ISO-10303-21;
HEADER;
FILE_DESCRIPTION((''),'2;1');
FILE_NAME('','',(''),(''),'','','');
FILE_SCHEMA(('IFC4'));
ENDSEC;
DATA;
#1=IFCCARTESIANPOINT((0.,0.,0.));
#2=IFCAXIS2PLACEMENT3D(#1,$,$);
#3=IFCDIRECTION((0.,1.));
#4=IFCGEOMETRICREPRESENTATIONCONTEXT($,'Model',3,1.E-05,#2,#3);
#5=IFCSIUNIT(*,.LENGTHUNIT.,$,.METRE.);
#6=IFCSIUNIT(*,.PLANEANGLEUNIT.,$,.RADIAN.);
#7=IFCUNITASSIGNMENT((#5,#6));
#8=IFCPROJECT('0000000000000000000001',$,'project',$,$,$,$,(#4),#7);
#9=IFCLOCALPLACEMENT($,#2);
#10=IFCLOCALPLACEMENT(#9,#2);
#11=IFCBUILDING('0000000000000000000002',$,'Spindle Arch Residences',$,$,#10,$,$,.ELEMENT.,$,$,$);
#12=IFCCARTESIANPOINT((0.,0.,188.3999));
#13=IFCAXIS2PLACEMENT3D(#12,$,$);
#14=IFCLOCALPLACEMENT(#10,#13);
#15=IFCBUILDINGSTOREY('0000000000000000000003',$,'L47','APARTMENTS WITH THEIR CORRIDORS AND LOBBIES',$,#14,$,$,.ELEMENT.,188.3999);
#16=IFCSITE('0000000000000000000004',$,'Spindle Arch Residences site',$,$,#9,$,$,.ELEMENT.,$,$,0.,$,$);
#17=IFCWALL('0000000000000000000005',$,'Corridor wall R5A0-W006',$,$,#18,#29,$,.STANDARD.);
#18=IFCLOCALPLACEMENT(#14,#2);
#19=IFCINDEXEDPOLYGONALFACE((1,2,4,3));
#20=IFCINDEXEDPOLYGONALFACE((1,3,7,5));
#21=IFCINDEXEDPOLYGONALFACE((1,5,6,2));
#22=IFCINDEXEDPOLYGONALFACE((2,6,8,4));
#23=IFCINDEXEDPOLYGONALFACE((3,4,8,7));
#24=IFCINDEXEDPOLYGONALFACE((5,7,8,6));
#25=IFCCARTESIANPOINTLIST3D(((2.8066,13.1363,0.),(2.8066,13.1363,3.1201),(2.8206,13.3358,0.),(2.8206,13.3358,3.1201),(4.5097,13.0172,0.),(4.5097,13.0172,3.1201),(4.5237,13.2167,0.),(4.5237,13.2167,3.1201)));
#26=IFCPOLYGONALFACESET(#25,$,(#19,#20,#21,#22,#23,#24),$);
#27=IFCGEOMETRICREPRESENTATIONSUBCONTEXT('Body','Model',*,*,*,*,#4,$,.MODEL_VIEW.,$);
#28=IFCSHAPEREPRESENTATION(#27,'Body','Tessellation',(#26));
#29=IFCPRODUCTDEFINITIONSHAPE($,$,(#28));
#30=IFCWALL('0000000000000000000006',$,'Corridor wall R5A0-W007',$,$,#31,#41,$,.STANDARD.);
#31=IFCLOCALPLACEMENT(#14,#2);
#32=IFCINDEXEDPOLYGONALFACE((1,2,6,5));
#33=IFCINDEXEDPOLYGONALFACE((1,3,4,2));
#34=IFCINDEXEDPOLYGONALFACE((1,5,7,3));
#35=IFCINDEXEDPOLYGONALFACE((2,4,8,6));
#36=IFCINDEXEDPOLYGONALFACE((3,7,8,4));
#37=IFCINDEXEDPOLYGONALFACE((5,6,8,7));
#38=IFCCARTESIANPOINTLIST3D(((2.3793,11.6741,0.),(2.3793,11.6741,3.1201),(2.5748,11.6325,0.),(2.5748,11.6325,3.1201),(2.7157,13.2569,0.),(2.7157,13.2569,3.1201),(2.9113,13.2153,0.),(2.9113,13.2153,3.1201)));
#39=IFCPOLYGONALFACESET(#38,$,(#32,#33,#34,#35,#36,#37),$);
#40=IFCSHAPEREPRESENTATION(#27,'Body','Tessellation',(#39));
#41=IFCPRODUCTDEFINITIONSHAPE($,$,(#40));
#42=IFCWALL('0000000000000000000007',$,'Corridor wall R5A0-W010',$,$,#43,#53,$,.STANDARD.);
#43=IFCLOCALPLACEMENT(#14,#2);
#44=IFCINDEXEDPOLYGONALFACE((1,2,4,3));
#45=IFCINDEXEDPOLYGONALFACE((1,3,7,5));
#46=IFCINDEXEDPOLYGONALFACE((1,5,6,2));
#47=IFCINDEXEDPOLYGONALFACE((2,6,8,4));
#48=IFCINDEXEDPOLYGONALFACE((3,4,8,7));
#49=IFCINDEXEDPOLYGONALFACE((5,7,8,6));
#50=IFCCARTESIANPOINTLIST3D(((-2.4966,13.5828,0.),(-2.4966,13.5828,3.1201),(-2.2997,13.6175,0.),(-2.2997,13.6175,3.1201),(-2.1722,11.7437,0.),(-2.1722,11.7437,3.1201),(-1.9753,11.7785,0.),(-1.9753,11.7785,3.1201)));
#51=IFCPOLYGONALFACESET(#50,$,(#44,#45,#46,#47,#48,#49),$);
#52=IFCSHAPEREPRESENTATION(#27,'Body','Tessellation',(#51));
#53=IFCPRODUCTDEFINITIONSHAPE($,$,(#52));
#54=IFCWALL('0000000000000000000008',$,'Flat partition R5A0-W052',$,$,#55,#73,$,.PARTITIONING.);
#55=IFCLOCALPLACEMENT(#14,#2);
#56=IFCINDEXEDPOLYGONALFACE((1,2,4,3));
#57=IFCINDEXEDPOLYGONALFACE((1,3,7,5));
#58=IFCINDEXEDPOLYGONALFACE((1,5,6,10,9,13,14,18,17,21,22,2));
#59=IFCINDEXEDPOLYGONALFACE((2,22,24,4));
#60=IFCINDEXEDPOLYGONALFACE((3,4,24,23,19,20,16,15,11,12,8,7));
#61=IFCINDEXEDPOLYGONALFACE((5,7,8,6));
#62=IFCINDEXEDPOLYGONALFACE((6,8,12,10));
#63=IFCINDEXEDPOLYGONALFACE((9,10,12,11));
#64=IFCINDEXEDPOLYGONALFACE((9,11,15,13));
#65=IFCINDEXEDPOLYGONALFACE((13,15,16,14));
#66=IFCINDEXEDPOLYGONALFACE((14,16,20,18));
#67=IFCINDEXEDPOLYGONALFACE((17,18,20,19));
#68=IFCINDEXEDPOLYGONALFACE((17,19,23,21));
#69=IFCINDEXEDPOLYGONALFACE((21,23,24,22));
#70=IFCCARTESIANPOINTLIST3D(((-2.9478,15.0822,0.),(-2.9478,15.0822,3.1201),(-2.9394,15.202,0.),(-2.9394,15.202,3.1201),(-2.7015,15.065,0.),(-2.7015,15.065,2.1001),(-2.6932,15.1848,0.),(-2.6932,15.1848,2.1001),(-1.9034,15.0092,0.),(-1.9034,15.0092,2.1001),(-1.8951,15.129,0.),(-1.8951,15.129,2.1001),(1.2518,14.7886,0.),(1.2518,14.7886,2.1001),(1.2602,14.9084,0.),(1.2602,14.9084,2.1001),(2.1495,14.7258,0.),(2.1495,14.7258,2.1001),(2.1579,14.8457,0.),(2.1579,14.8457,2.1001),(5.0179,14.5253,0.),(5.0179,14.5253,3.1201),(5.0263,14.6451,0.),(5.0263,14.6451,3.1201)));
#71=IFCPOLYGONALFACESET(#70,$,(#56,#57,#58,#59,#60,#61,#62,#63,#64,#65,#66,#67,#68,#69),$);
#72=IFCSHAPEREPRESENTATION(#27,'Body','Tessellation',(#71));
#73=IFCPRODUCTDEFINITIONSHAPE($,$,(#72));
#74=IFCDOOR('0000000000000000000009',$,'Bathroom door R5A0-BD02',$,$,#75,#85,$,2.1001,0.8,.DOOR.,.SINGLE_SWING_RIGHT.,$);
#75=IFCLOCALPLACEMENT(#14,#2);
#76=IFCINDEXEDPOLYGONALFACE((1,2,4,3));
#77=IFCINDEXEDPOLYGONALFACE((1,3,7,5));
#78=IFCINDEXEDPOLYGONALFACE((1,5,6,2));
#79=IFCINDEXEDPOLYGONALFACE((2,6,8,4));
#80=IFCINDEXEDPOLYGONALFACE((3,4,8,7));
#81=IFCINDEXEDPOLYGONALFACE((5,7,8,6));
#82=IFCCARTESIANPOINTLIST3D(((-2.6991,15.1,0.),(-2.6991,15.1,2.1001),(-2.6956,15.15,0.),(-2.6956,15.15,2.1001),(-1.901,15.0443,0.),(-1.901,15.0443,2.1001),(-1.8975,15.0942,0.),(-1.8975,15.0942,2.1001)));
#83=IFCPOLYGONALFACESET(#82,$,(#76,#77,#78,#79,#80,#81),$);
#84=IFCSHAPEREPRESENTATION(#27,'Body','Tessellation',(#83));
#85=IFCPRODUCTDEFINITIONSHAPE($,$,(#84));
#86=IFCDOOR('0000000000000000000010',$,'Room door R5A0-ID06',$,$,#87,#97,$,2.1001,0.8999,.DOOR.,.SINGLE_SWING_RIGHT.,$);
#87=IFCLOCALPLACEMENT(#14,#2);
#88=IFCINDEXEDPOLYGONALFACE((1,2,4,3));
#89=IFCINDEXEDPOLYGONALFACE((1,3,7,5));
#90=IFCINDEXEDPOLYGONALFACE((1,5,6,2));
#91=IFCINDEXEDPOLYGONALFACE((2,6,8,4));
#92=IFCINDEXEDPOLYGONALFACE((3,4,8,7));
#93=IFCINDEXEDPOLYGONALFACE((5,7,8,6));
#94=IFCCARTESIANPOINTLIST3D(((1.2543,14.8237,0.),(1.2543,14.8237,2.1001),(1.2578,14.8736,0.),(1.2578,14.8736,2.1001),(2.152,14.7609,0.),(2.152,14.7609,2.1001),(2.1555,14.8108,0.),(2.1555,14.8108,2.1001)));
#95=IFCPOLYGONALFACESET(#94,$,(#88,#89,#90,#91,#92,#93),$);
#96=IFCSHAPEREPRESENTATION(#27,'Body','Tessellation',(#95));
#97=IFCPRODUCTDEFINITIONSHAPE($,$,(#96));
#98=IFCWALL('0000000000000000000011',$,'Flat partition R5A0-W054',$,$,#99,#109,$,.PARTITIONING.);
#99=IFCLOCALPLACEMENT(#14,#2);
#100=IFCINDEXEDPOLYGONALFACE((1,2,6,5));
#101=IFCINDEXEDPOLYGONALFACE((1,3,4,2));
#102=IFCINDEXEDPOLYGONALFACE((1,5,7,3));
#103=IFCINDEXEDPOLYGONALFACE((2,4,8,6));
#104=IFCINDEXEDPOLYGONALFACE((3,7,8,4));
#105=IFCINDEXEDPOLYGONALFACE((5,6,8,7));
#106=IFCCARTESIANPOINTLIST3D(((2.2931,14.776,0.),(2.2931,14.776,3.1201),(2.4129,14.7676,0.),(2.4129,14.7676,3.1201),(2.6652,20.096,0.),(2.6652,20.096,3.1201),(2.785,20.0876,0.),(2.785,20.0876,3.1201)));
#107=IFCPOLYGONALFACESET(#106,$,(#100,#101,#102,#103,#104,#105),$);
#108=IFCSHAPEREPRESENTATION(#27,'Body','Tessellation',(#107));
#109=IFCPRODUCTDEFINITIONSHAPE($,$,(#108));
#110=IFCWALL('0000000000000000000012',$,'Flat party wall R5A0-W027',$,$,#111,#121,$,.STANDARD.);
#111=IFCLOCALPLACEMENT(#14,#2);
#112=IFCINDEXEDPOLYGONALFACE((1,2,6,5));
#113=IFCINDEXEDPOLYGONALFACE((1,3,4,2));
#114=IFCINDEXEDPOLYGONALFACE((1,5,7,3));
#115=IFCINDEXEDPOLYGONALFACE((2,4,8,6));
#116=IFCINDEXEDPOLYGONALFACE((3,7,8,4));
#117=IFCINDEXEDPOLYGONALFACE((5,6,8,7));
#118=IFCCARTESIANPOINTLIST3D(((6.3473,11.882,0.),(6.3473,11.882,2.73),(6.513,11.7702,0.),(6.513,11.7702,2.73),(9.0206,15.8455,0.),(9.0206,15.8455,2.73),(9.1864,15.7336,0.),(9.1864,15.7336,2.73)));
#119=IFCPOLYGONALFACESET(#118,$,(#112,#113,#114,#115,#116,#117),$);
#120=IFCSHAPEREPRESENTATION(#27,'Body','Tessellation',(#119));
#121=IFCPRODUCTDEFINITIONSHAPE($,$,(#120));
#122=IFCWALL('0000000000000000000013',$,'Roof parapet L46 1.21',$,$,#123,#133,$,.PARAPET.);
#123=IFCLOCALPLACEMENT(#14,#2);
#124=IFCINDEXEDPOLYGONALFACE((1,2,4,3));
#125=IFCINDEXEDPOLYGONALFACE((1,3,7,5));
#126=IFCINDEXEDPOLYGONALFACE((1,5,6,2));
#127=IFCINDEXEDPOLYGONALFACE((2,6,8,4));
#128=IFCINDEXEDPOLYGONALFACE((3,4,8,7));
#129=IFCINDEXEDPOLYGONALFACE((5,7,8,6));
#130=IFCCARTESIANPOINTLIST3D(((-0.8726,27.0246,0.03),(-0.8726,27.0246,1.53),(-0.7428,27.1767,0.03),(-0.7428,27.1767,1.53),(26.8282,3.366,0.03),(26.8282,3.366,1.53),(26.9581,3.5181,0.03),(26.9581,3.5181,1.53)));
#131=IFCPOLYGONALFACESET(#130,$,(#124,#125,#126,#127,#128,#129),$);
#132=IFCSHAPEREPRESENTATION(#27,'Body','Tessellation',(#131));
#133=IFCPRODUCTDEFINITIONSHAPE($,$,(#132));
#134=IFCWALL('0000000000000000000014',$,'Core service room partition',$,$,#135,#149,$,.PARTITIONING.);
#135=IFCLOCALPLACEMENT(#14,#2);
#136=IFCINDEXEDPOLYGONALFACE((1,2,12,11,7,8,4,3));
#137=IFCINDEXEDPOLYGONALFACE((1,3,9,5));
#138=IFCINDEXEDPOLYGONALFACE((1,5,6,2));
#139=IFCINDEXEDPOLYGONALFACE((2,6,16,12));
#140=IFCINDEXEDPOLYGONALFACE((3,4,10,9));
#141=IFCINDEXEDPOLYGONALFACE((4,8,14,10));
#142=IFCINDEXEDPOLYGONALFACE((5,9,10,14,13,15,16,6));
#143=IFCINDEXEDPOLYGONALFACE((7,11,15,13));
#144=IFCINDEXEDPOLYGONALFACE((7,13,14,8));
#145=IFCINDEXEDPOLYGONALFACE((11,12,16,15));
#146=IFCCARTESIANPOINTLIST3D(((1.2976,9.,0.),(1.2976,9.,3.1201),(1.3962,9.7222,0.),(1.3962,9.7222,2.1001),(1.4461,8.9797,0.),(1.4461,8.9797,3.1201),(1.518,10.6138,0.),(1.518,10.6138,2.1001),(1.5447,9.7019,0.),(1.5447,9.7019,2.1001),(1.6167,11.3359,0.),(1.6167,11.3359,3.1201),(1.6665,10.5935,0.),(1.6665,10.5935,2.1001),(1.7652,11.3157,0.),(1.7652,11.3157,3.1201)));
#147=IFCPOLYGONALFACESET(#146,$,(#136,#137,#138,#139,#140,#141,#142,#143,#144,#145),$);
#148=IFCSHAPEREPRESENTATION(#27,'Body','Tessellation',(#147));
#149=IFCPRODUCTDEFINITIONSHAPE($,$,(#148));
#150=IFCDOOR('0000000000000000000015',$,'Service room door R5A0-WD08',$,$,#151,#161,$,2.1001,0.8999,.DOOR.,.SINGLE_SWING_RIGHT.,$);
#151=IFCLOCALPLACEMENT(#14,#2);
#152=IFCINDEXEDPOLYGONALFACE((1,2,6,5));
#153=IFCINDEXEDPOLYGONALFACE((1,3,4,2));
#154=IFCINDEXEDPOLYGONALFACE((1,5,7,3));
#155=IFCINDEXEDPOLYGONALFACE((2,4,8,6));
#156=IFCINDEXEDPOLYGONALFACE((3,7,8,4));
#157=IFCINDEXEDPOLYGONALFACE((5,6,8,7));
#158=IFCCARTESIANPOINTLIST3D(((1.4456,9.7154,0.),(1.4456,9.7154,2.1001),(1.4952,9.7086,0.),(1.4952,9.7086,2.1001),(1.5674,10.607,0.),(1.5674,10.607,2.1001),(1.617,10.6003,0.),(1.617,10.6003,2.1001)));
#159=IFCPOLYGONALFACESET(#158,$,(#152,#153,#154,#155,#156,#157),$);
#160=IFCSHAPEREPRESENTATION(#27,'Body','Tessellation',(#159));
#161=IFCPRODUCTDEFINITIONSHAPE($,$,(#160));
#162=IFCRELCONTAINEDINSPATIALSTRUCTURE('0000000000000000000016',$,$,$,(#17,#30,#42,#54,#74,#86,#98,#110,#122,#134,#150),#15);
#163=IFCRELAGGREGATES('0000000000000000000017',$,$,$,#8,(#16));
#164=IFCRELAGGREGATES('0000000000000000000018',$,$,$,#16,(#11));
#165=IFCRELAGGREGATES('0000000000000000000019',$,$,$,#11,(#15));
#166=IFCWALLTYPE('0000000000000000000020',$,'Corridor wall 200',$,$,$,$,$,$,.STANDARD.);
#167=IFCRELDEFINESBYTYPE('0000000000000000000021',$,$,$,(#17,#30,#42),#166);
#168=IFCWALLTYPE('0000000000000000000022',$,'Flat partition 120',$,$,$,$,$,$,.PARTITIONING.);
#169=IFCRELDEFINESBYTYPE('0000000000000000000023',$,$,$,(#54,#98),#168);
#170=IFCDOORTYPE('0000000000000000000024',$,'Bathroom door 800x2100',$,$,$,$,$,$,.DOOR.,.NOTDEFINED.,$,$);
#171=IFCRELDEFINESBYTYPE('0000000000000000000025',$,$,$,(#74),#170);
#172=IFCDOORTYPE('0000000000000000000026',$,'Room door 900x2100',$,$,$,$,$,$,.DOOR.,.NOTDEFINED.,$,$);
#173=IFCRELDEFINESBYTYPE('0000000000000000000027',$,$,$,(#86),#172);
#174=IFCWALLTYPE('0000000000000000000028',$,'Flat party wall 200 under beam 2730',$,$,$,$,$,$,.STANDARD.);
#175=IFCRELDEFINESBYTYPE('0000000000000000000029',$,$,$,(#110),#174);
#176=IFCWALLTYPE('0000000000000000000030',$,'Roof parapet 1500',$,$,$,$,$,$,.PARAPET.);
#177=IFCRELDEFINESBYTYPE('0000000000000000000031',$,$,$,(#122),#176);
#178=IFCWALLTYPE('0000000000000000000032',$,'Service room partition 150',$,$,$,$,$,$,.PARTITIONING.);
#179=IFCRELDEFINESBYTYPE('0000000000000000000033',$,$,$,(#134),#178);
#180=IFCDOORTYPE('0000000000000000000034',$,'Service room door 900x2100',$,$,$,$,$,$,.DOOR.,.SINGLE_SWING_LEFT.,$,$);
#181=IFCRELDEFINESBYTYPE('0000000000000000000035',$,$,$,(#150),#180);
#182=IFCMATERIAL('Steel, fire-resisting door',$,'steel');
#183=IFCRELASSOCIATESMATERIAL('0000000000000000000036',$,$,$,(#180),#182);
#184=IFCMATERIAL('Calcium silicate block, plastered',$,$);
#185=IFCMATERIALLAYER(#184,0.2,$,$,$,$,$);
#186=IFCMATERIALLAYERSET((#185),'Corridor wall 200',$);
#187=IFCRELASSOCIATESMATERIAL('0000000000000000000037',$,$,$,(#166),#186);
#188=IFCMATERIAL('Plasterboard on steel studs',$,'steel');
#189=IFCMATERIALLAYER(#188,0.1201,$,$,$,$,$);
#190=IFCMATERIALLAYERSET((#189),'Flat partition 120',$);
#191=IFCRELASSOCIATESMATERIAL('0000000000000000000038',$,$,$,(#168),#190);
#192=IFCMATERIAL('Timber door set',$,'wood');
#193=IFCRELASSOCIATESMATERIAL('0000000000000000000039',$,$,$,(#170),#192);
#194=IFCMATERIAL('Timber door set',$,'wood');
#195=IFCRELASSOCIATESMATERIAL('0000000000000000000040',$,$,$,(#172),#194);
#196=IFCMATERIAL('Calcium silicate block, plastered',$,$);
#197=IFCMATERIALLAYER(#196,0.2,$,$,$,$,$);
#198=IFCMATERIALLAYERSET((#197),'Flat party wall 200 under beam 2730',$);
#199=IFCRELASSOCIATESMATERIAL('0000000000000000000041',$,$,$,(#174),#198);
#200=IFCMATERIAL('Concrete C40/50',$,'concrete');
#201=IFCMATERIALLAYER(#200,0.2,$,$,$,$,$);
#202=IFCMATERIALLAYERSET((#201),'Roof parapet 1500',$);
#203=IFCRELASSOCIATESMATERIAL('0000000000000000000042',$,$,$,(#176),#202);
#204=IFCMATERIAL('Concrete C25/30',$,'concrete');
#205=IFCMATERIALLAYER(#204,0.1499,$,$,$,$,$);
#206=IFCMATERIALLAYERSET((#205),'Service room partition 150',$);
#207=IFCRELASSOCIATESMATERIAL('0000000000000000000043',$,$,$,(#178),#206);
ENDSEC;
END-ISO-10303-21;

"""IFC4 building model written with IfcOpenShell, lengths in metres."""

from ifc_helpers import new_model, si_unit, direction, frame, frame_2d, origin, place, context, subcontext, project, spatial, rectangle, extrude, material, layer, layer_set, type_object, element, fill, save


model = new_model("IFC4")

# Units and contexts
model_context = context("Model", 3, precision=1e-05, world=origin(), true_north=direction((0.0, 1.0)))
body_context = subcontext(model_context, "Body", "Model", "MODEL_VIEW")
ifc_project = project(units=[si_unit("LENGTHUNIT", "METRE"), si_unit("PLANEANGLEUNIT", "RADIAN")], contexts=[model_context])

# Site, building, storey
site_placement = place(None, origin())
site = spatial("IfcSite", under=ifc_project, at=site_placement, Name="Spindle Arch Residences site", CompositionType="ELEMENT", RefElevation=0.0)
building_placement = place(site_placement, origin())
building = spatial("IfcBuilding", under=site, at=building_placement, Name="Spindle Arch Residences", CompositionType="ELEMENT")
storey_placement = place(building_placement, frame((0.0, 0.0, 188.3999)))
storey = spatial("IfcBuildingStorey", under=building, at=storey_placement, Name="L47", Description="APARTMENTS WITH THEIR CORRIDORS AND LOBBIES", CompositionType="ELEMENT", Elevation=188.3999)

# Shared definitions
ifc_material_1 = material(Name="Steel, fire-resisting door", Category="steel")
door_type_1 = type_object("IfcDoorType", Name="Service room door 900x2100", OperationType="SINGLE_SWING_LEFT", PredefinedType="DOOR", material=ifc_material_1)

# Walls
ifc_material_2 = material(Name="Calcium silicate block, plastered")
ifc_layer_1 = layer(ifc_material_2, 0.2)
ifc_layer_set_1 = layer_set([ifc_layer_1], Name="Corridor wall 200")
wall_type_1 = type_object("IfcWallType", Name="Corridor wall 200", PredefinedType="STANDARD", material=ifc_layer_set_1)
wall_1_placement = place(storey_placement, frame((4.5166, 13.1169, 0.0), z_axis=(0.0, 0.0, 1.0), x_axis=(-0.997562, 0.069784, 0.0)))
element("IfcWall", 1, at=wall_1_placement, inside=storey, type_object=wall_type_1, Name="Corridor wall R5A0-W006", PredefinedType="STANDARD", context=body_context, shape_type="SweptSolid", body=[
    extrude(rectangle(XDim=1.7073, YDim=0.2, at=frame_2d((0.8535, 0.0))), origin(), (0.0, 0.0, 1.0), 3.1201),
])
wall_2_placement = place(storey_placement, frame((2.8135, 13.2361, 0.0), z_axis=(0.0, 0.0, 1.0), x_axis=(-0.207911, -0.978148, 0.0)))
element("IfcWall", 2, at=wall_2_placement, inside=storey, type_object=wall_type_1, Name="Corridor wall R5A0-W007", PredefinedType="STANDARD", context=body_context, shape_type="SweptSolid", body=[
    extrude(rectangle(XDim=1.6182, YDim=0.2, at=frame_2d((0.8091, 0.0))), origin(), (0.0, 0.0, 1.0), 3.1201),
])
wall_3_placement = place(storey_placement, frame((-2.0737, 11.7612, 0.0), z_axis=(0.0, 0.0, 1.0), x_axis=(-0.173741, 0.984791, 0.0)))
element("IfcWall", 3, at=wall_3_placement, inside=storey, type_object=wall_type_1, Name="Corridor wall R5A0-W010", PredefinedType="STANDARD", context=body_context, shape_type="SweptSolid", body=[
    extrude(rectangle(XDim=1.8674, YDim=0.2, at=frame_2d((0.9336, 0.0))), origin(), (0.0, 0.0, 1.0), 3.1201),
])

# Wall, openings, doors
ifc_material_3 = material(Name="Plasterboard on steel studs", Category="steel")
ifc_layer_2 = layer(ifc_material_3, 0.1201)
ifc_layer_set_2 = layer_set([ifc_layer_2], Name="Flat partition 120")
wall_type_2 = type_object("IfcWallType", Name="Flat partition 120", PredefinedType="PARTITIONING", material=ifc_layer_set_2)
wall_4_placement = place(storey_placement, frame((5.0222, 14.5852, 0.0), z_axis=(0.0, 0.0, 1.0), x_axis=(-0.997565, 0.069741, 0.0)))
wall_4 = element("IfcWall", 4, at=wall_4_placement, inside=storey, type_object=wall_type_2, Name="Flat partition R5A0-W052", PredefinedType="PARTITIONING", context=body_context, shape_type="SweptSolid", body=[
    extrude(rectangle(XDim=7.9851, YDim=0.1201, at=frame_2d((3.9927, 0.0))), origin(), (0.0, 0.0, 1.0), 3.1201),
])
opening_1_placement = place(wall_4_placement, frame((2.8755, 0.0, 0.0)))
opening_1 = element("IfcOpeningElement", 5, at=opening_1_placement, cuts=wall_4, PredefinedType="OPENING", context=body_context, shape_type="SweptSolid", body=[
    extrude(rectangle(XDim=0.8999, YDim=2.1001, at=frame_2d((0.45, 1.05))), frame((0.0, 0.0701, 0.0), z_axis=(0.0, -1.0, 0.0), x_axis=(1.0, 0.0, 0.0)), (0.0, 0.0, 1.0), 0.1401),
])
opening_2_placement = place(wall_4_placement, frame((6.9385, 0.0, 0.0)))
opening_2 = element("IfcOpeningElement", 6, at=opening_2_placement, cuts=wall_4, PredefinedType="OPENING", context=body_context, shape_type="SweptSolid", body=[
    extrude(rectangle(XDim=0.8, YDim=2.1001, at=frame_2d((0.3999, 1.05))), frame((0.0, 0.0701, 0.0), z_axis=(0.0, -1.0, 0.0), x_axis=(1.0, 0.0, 0.0)), (0.0, 0.0, 1.0), 0.1401),
])
ifc_material_4 = material(Name="Timber door set", Category="wood")
door_type_2 = type_object("IfcDoorType", Name="Bathroom door 800x2100", OperationType="NOTDEFINED", PredefinedType="DOOR", material=ifc_material_4)
door_1_placement = place(opening_2_placement, origin())
door_1 = element("IfcDoor", 7, at=door_1_placement, inside=storey, type_object=door_type_2, Name="Bathroom door R5A0-BD02", OperationType="SINGLE_SWING_RIGHT", OverallHeight=2.1001, OverallWidth=0.8, PredefinedType="DOOR", context=body_context, shape_type="SweptSolid", body=[
    extrude(rectangle(XDim=0.8, YDim=2.1001, at=frame_2d((0.3999, 1.05))), frame((0.0, 0.0249, 0.0), z_axis=(0.0, -1.0, 0.0), x_axis=(1.0, 0.0, 0.0)), (0.0, 0.0, 1.0), 0.05),
])
fill(opening_2, door_1)
ifc_material_5 = material(Name="Timber door set", Category="wood")
door_type_3 = type_object("IfcDoorType", Name="Room door 900x2100", OperationType="NOTDEFINED", PredefinedType="DOOR", material=ifc_material_5)
door_2_placement = place(opening_1_placement, origin())
door_2 = element("IfcDoor", 8, at=door_2_placement, inside=storey, type_object=door_type_3, Name="Room door R5A0-ID06", OperationType="SINGLE_SWING_RIGHT", OverallHeight=2.1001, OverallWidth=0.8999, PredefinedType="DOOR", context=body_context, shape_type="SweptSolid", body=[
    extrude(rectangle(XDim=0.8999, YDim=2.1001, at=frame_2d((0.45, 1.05))), frame((0.0, 0.0249, 0.0), z_axis=(0.0, -1.0, 0.0), x_axis=(1.0, 0.0, 0.0)), (0.0, 0.0, 1.0), 0.05),
])
fill(opening_1, door_2)

# Walls
wall_5_placement = place(storey_placement, frame((2.7251, 20.0918, 0.0), z_axis=(0.0, 0.0, 1.0), x_axis=(-0.069767, -0.997563, 0.0)))
element("IfcWall", 9, at=wall_5_placement, inside=storey, type_object=wall_type_2, Name="Flat partition R5A0-W054", PredefinedType="PARTITIONING", context=body_context, shape_type="SweptSolid", body=[
    extrude(rectangle(XDim=5.333, YDim=0.1201, at=frame_2d((2.6665, 0.0))), origin(), (0.0, 0.0, 1.0), 3.1201),
])
ifc_material_6 = material(Name="Calcium silicate block, plastered")
ifc_layer_3 = layer(ifc_material_6, 0.2)
ifc_layer_set_3 = layer_set([ifc_layer_3], Name="Flat party wall 200 under beam 2730")
wall_type_3 = type_object("IfcWallType", Name="Flat party wall 200 under beam 2730", PredefinedType="STANDARD", material=ifc_layer_set_3)
wall_6_placement = place(storey_placement, frame((9.1035, 15.7896, 0.0), z_axis=(0.0, 0.0, 1.0), x_axis=(-0.559194, -0.829037, 0.0)))
element("IfcWall", 10, at=wall_6_placement, inside=storey, type_object=wall_type_3, Name="Flat party wall R5A0-W027", PredefinedType="STANDARD", context=body_context, shape_type="SweptSolid", body=[
    extrude(rectangle(XDim=4.7808, YDim=0.2, at=frame_2d((2.3904, 0.0))), origin(), (0.0, 0.0, 1.0), 2.73),
])
ifc_material_7 = material(Name="Concrete C40/50", Category="concrete")
ifc_layer_4 = layer(ifc_material_7, 0.2)
ifc_layer_set_4 = layer_set([ifc_layer_4], Name="Roof parapet 1500")
wall_type_4 = type_object("IfcWallType", Name="Roof parapet 1500", PredefinedType="PARAPET", material=ifc_layer_set_4)
wall_7_placement = place(storey_placement, frame((-0.8076, 27.1006, 0.03), z_axis=(0.0, 0.0, 1.0), x_axis=(0.760408, -0.649446, 0.0)))
element("IfcWall", 11, at=wall_7_placement, inside=storey, type_object=wall_type_4, Name="Roof parapet L46 1.21", PredefinedType="PARAPET", context=body_context, shape_type="SweptSolid", body=[
    extrude(rectangle(XDim=36.429, YDim=0.2, at=frame_2d((18.2144, 0.0))), origin(), (0.0, 0.0, 1.0), 1.5),
])

# Wall, opening, door
ifc_material_8 = material(Name="Concrete C25/30", Category="concrete")
ifc_layer_5 = layer(ifc_material_8, 0.1499)
ifc_layer_set_5 = layer_set([ifc_layer_5], Name="Service room partition 150")
wall_type_5 = type_object("IfcWallType", Name="Service room partition 150", PredefinedType="PARTITIONING", material=ifc_layer_set_5)
wall_8_placement = place(storey_placement, frame((1.6909, 11.3257, 0.0), z_axis=(0.0, 0.0, 1.0), x_axis=(-0.135344, -0.990799, 0.0)))
wall_8 = element("IfcWall", 12, at=wall_8_placement, inside=storey, type_object=wall_type_5, Name="Core service room partition", PredefinedType="PARTITIONING", context=body_context, shape_type="SweptSolid", body=[
    extrude(rectangle(XDim=2.3577, YDim=0.1499, at=frame_2d((1.1787, 0.0))), origin(), (0.0, 0.0, 1.0), 3.1201),
])
opening_3_placement = place(wall_8_placement, frame((0.7288, 0.0, 0.0)))
opening_3 = element("IfcOpeningElement", 13, at=opening_3_placement, cuts=wall_8, PredefinedType="OPENING", context=body_context, shape_type="SweptSolid", body=[
    extrude(rectangle(XDim=0.8999, YDim=2.1001, at=frame_2d((0.45, 1.05))), frame((0.0, 0.085, 0.0), z_axis=(0.0, -1.0, 0.0), x_axis=(1.0, 0.0, 0.0)), (0.0, 0.0, 1.0), 0.1699),
])
door_3_placement = place(opening_3_placement, origin())
door_3 = element("IfcDoor", 14, at=door_3_placement, inside=storey, type_object=door_type_1, Name="Service room door R5A0-WD08", OperationType="SINGLE_SWING_RIGHT", OverallHeight=2.1001, OverallWidth=0.8999, PredefinedType="DOOR", context=body_context, shape_type="SweptSolid", body=[
    extrude(rectangle(XDim=0.8999, YDim=2.1001, at=frame_2d((0.45, 1.05))), frame((0.0, 0.0249, 0.0), z_axis=(0.0, -1.0, 0.0), x_axis=(1.0, 0.0, 0.0)), (0.0, 0.0, 1.0), 0.05),
])
fill(opening_3, door_3)

save(model, "model.ifc")
